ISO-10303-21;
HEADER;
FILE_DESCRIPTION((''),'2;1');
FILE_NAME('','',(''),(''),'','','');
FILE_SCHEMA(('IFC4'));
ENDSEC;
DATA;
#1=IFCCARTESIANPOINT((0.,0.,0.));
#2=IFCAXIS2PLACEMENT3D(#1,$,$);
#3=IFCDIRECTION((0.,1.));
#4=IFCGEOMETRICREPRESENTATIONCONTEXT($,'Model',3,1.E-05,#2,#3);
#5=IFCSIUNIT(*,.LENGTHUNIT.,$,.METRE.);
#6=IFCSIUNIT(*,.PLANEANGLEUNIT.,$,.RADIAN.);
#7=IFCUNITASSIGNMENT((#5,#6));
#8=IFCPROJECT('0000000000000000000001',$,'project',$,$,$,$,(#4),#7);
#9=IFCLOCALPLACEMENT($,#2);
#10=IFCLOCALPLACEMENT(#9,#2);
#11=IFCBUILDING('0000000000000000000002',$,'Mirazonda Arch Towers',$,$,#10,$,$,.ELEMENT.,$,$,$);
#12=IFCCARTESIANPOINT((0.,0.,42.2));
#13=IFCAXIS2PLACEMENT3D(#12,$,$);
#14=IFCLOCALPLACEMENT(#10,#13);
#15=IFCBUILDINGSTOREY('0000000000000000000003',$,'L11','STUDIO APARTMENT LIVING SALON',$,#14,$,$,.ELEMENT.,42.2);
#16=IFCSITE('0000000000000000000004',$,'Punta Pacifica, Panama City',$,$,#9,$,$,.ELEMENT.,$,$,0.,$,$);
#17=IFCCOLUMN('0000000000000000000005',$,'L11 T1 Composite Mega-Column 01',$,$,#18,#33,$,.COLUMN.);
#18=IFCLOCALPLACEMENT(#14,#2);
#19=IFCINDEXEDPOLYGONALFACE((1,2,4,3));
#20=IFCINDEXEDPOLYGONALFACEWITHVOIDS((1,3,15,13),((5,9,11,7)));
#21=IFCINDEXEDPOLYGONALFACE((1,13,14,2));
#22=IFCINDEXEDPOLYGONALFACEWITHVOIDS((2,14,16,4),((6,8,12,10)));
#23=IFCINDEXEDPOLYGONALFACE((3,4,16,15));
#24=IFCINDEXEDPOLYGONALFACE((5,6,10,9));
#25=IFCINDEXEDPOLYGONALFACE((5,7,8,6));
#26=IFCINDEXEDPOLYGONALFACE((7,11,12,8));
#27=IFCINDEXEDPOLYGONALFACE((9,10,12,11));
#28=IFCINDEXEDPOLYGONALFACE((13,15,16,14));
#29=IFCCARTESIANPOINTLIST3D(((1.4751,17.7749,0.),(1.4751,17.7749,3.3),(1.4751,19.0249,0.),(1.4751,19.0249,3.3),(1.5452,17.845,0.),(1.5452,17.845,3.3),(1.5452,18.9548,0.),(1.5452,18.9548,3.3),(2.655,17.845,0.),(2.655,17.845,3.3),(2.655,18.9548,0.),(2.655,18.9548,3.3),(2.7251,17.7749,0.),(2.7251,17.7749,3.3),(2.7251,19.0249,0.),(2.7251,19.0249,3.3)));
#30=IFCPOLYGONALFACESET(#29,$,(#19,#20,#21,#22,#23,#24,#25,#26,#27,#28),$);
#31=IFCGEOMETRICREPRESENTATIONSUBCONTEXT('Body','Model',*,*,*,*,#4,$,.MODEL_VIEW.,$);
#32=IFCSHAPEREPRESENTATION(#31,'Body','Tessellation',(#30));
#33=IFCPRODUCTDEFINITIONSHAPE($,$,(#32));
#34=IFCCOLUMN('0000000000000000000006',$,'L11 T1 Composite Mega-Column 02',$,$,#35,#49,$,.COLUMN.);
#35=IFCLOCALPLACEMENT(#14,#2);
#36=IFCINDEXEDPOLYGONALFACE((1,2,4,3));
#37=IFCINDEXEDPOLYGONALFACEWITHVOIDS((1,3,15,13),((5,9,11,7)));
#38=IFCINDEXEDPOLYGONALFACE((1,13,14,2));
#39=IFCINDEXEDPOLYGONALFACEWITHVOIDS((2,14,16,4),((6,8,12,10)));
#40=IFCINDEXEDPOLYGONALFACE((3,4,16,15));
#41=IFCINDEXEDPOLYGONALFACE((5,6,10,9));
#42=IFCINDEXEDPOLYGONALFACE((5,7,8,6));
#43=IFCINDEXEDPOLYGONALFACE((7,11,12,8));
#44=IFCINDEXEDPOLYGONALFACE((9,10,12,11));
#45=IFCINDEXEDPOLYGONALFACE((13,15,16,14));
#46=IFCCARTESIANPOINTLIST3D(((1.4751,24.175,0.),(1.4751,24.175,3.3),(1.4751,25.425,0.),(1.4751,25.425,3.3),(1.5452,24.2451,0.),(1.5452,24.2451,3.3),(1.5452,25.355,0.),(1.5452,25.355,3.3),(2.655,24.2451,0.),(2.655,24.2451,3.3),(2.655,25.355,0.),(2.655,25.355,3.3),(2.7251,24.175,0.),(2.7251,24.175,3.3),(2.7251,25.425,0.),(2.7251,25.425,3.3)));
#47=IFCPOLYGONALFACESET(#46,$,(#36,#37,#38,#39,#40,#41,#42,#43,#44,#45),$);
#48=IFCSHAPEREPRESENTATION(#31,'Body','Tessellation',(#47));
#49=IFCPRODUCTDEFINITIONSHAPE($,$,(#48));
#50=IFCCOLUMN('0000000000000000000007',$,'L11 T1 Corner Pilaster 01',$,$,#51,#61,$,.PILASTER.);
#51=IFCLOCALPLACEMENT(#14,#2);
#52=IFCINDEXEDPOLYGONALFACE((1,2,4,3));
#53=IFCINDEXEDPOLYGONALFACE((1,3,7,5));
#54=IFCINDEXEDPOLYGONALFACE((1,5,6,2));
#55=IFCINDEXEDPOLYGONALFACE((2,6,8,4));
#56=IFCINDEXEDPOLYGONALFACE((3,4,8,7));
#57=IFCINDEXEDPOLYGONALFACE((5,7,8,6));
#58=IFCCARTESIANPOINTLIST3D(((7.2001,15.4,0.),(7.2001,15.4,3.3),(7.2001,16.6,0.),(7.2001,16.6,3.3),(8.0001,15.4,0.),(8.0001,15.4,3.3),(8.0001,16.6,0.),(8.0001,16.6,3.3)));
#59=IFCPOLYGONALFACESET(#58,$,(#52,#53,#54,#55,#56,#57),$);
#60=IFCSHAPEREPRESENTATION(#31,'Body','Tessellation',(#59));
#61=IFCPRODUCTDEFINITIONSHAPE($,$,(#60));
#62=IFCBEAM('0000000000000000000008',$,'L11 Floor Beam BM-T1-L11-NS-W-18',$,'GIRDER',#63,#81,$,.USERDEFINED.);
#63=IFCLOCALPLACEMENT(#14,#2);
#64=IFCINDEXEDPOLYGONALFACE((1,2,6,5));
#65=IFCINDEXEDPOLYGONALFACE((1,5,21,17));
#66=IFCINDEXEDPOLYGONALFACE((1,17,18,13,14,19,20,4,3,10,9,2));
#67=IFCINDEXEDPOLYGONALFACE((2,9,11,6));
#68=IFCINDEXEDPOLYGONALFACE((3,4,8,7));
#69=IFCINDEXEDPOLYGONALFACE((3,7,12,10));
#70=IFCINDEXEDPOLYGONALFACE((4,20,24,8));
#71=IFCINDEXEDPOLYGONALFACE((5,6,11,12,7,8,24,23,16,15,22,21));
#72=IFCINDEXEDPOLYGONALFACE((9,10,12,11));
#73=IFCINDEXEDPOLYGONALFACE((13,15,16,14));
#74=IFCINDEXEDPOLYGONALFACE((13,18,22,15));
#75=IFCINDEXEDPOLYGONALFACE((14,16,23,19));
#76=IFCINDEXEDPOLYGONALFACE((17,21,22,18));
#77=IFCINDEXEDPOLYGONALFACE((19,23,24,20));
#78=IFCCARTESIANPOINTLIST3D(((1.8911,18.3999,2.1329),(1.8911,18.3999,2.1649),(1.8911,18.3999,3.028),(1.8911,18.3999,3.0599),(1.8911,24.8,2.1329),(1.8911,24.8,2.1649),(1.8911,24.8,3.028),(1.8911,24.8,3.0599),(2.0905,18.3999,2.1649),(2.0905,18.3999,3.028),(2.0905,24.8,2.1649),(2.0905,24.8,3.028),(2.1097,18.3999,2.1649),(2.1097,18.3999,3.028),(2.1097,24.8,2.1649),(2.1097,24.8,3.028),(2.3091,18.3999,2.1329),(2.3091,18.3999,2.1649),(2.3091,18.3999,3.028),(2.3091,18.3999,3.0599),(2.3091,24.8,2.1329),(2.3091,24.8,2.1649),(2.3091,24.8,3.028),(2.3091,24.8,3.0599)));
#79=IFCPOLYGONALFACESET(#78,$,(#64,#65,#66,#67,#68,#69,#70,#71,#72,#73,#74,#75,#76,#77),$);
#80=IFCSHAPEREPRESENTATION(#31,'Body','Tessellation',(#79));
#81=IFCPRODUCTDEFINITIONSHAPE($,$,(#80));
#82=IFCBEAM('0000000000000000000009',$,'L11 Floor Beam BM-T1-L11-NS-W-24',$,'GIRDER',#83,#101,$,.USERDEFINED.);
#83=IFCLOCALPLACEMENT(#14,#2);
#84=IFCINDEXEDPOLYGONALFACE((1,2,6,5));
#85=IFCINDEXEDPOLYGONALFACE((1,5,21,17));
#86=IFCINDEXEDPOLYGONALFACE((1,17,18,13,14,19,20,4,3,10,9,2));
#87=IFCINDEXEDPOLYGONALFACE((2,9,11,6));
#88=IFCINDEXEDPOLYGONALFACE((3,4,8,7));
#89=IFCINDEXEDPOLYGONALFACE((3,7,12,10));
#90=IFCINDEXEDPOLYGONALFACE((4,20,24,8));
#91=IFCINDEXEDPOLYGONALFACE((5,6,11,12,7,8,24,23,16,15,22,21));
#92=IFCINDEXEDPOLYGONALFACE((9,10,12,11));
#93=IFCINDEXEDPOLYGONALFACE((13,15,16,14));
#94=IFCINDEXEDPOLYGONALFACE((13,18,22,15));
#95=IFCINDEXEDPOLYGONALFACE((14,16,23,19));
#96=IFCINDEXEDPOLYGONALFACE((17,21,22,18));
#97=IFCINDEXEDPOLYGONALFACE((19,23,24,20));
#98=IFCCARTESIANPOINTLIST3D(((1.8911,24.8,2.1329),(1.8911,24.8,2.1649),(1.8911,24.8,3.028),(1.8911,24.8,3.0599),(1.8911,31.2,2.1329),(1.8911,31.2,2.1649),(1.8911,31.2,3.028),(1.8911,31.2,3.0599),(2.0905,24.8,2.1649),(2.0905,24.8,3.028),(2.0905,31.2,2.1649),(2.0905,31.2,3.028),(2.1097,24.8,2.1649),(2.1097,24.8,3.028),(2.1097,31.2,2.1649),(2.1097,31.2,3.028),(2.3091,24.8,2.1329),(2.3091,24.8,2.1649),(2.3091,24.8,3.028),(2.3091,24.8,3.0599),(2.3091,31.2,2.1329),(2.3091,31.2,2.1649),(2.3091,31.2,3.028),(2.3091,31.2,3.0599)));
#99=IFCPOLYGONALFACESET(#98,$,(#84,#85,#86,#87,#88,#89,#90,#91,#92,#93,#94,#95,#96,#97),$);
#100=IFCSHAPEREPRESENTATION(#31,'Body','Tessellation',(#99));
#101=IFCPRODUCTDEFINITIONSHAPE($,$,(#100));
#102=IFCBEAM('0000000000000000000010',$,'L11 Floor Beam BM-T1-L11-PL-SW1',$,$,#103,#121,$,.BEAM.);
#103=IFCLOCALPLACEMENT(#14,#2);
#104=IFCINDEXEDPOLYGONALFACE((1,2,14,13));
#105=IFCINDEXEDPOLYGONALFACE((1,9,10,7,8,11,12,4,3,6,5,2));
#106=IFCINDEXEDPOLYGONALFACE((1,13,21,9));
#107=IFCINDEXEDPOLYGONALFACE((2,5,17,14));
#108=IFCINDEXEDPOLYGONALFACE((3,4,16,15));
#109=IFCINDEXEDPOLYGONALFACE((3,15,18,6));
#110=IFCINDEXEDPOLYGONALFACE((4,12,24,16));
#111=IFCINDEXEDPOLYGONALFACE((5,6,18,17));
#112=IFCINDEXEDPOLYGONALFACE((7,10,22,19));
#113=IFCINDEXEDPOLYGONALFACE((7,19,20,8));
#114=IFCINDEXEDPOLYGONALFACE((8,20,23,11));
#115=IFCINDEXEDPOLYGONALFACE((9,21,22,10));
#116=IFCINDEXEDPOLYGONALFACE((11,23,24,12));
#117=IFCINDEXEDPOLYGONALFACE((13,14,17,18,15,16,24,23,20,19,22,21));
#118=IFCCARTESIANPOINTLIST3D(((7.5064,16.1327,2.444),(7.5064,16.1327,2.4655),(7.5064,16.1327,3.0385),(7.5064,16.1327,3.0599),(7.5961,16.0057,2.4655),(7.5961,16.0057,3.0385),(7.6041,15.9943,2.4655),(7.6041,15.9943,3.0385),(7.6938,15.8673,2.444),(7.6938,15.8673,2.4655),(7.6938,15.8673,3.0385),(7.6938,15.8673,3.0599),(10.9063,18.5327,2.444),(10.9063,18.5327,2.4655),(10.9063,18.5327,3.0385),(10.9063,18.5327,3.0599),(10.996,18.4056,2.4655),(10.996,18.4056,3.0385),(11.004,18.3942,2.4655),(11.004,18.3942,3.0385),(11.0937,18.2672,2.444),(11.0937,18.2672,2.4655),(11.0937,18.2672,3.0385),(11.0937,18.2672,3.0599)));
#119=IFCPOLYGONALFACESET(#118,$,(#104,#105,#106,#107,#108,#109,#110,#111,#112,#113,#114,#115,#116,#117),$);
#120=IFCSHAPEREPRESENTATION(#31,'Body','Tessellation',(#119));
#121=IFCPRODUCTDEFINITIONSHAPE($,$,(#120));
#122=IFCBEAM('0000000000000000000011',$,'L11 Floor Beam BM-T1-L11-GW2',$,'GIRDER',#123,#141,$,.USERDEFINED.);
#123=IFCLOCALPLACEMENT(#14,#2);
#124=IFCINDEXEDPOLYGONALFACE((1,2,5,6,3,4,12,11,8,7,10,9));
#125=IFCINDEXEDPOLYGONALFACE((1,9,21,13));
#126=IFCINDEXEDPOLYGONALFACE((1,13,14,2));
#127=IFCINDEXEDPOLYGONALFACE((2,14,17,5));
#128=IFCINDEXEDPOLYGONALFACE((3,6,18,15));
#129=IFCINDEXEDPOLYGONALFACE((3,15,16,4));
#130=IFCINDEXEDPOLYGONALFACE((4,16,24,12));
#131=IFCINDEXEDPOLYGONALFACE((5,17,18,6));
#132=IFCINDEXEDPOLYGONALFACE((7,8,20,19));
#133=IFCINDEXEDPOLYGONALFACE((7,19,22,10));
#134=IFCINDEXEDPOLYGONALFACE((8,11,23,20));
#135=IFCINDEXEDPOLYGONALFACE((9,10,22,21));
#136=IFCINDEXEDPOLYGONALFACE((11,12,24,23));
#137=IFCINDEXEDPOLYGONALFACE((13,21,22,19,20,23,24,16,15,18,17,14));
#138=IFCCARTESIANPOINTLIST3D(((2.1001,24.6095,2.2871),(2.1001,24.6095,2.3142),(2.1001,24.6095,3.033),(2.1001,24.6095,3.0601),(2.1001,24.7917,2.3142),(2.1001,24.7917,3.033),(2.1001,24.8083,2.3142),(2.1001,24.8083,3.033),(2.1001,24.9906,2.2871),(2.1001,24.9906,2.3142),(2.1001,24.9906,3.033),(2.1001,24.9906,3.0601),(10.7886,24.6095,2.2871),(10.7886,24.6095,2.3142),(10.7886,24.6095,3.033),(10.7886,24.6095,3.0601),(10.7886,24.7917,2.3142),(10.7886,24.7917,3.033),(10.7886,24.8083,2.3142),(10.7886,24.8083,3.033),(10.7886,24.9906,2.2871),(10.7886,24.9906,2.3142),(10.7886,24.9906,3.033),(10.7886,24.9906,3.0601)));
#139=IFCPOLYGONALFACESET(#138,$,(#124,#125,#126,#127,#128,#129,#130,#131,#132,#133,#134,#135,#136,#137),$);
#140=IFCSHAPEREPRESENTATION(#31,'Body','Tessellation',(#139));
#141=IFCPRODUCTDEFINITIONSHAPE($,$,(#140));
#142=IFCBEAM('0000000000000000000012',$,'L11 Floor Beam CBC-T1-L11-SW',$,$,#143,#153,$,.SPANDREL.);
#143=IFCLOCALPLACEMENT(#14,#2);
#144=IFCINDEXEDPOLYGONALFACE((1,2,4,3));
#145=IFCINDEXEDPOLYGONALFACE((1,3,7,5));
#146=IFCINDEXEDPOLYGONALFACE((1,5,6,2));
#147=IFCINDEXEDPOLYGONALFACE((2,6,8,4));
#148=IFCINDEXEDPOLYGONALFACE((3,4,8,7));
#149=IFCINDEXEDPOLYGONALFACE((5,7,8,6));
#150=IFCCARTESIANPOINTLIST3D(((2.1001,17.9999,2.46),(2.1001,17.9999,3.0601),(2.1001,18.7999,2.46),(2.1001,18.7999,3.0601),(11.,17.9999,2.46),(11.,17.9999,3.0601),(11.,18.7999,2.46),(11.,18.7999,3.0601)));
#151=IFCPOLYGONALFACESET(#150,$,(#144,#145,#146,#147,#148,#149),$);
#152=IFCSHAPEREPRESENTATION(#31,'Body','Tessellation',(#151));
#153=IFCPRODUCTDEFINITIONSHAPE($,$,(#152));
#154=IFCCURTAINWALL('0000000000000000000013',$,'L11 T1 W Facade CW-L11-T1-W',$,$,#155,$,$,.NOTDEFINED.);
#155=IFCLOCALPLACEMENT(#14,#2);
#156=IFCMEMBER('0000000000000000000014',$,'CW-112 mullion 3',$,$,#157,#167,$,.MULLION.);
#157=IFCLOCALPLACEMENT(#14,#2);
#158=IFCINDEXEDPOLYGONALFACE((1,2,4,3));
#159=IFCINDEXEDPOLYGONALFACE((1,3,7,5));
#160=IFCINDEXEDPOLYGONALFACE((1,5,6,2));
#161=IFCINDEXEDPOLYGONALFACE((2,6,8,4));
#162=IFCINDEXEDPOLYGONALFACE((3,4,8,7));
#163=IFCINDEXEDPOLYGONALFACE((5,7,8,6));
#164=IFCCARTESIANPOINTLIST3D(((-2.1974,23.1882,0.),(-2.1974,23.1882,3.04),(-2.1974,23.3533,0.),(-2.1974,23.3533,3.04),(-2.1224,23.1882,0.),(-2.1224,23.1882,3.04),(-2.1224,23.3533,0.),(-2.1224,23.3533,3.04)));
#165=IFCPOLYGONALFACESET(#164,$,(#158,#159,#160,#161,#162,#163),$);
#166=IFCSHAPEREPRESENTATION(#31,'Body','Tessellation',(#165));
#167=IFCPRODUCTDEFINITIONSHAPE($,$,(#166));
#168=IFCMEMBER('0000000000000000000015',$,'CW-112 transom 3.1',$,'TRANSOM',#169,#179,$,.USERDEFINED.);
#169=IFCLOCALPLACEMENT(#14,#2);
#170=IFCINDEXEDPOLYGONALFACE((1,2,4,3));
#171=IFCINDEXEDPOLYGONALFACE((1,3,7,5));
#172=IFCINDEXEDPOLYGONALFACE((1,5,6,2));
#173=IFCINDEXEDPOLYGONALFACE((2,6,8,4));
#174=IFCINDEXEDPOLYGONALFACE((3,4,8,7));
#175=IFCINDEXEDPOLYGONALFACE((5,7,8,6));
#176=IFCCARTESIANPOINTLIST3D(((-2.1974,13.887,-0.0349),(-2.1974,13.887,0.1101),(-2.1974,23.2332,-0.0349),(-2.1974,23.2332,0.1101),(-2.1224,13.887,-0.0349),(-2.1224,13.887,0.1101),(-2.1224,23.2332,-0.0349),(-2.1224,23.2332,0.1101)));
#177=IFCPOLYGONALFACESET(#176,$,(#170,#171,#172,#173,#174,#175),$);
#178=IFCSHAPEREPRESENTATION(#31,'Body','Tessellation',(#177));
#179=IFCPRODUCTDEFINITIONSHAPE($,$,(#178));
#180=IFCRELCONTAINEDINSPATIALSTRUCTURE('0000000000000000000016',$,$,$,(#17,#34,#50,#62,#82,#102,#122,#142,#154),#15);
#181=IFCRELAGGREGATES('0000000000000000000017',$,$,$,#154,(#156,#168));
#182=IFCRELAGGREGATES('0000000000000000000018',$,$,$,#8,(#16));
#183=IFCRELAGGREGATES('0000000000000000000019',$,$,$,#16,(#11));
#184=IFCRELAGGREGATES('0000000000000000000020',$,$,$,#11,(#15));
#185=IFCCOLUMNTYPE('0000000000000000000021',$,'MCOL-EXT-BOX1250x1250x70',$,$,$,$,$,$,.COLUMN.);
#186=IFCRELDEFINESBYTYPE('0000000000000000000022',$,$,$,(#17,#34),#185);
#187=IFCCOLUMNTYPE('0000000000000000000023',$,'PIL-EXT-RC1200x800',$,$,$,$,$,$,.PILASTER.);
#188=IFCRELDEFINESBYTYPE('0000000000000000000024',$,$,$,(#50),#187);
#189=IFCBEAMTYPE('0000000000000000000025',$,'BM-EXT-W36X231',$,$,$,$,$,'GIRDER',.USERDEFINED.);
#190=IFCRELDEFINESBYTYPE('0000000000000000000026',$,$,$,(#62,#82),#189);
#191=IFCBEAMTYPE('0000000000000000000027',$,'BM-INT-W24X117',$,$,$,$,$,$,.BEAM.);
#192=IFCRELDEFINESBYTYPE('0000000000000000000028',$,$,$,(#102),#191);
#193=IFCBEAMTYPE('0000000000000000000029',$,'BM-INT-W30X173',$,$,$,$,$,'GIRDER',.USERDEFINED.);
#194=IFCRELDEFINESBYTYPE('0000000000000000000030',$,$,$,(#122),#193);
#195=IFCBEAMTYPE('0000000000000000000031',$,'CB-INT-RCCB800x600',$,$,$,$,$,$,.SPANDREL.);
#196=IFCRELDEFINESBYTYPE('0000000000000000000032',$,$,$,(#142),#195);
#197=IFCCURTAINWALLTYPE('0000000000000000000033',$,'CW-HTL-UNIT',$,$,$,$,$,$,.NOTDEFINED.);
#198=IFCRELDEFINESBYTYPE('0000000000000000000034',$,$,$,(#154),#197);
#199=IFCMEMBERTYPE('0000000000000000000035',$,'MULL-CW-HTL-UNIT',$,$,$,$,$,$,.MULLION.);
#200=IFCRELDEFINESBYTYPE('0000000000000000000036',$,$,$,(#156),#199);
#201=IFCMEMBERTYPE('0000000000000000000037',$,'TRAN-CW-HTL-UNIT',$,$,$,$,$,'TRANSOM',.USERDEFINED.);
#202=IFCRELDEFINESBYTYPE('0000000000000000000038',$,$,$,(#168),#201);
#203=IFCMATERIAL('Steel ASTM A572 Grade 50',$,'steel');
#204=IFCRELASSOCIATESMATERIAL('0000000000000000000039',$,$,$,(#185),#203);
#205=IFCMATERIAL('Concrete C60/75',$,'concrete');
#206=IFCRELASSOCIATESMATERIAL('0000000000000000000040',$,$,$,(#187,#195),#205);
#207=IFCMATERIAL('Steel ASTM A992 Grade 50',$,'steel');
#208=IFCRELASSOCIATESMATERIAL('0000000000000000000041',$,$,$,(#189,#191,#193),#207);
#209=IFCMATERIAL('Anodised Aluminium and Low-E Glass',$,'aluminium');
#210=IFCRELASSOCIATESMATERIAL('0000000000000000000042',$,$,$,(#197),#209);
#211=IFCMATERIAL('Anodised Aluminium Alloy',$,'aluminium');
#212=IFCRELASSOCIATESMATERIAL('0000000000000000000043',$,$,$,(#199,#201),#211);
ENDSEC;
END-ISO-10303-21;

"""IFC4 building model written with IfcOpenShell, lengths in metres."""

from ifc_helpers import new_model, si_unit, direction, frame, origin, origin_2d, place, context, subcontext, project, spatial, rectangle, hollow_rectangle, i_section, extrude, material, material_profile, profile_set, type_object, element, aggregate, save


model = new_model("IFC4")

# Units and contexts
model_context = context("Model", 3, precision=1e-05, world=origin(), true_north=direction((0.0, 1.0)))
body_context = subcontext(model_context, "Body", "Model", "MODEL_VIEW")
ifc_project = project(units=[si_unit("LENGTHUNIT", "METRE"), si_unit("PLANEANGLEUNIT", "RADIAN")], contexts=[model_context])

# Site, building, storey
site_placement = place(None, origin())
site = spatial("IfcSite", under=ifc_project, at=site_placement, Name="Punta Pacifica, Panama City", CompositionType="ELEMENT", RefElevation=0.0)
building_placement = place(site_placement, origin())
building = spatial("IfcBuilding", under=site, at=building_placement, Name="Mirazonda Arch Towers", CompositionType="ELEMENT")
storey_placement = place(building_placement, frame((0.0, 0.0, 42.2)))
storey = spatial("IfcBuildingStorey", under=building, at=storey_placement, Name="L11", Description="STUDIO APARTMENT LIVING SALON", CompositionType="ELEMENT", Elevation=42.2)

# Columns
ifc_material_1 = material(Name="Steel ASTM A572 Grade 50", Category="steel")
ifc_material_profile_1 = material_profile(ifc_material_1, hollow_rectangle(XDim=1.25, YDim=1.25, WallThickness=0.0701, at=origin_2d()), Name="BOX1250x1250x70")
ifc_profile_set_1 = profile_set([ifc_material_profile_1], Name="Steel ASTM A572 Grade 50")
column_type_1 = type_object("IfcColumnType", Name="MCOL-EXT-BOX1250x1250x70", PredefinedType="COLUMN", material=ifc_profile_set_1)
for number, where, z_axis, x_axis, name in (
    (1, (2.1001, 18.3999, 0.0), (0.0, 0.0, 1.0), (1.0, 0.0, 0.0), "L11 T1 Composite Mega-Column 01"),
    (2, (2.1001, 24.8, 0.0), (0.0, 0.0, 1.0), (1.0, 0.0, 0.0), "L11 T1 Composite Mega-Column 02"),
):
    element("IfcColumn", number, at=place(storey_placement, frame(where, z_axis=z_axis, x_axis=x_axis)), inside=storey, type_object=column_type_1, Name=name, PredefinedType="COLUMN", context=body_context, shape_type="SweptSolid", body=[
        extrude(hollow_rectangle(XDim=1.25, YDim=1.25, WallThickness=0.0701, at=origin_2d()), origin(), (0.0, 0.0, 1.0), 3.3),
    ])
ifc_material_2 = material(Name="Concrete C60/75", Category="concrete")
ifc_material_profile_2 = material_profile(ifc_material_2, rectangle(XDim=0.8, YDim=1.2, at=origin_2d()), Name="RC1200x800")
ifc_profile_set_2 = profile_set([ifc_material_profile_2], Name="Concrete C60/75")
column_type_2 = type_object("IfcColumnType", Name="PIL-EXT-RC1200x800", PredefinedType="PILASTER", material=ifc_profile_set_2)
column_placement = place(storey_placement, frame((7.6001, 16.0, 0.0), z_axis=(0.0, 0.0, 1.0), x_axis=(1.0, 0.0, 0.0)))
element("IfcColumn", 3, at=column_placement, inside=storey, type_object=column_type_2, Name="L11 T1 Corner Pilaster 01", PredefinedType="PILASTER", context=body_context, shape_type="SweptSolid", body=[
    extrude(rectangle(XDim=0.8, YDim=1.2, at=origin_2d()), origin(), (0.0, 0.0, 1.0), 3.3),
])

# Beams
ifc_material_3 = material(Name="Steel ASTM A992 Grade 50", Category="steel")
ifc_material_profile_3 = material_profile(ifc_material_3, i_section(OverallWidth=0.418, OverallDepth=0.927, WebThickness=0.0193, FlangeThickness=0.032, at=origin_2d()), Name="W36X231")
ifc_profile_set_3 = profile_set([ifc_material_profile_3], Name="Steel ASTM A992 Grade 50")
beam_type_1 = type_object("IfcBeamType", Name="BM-EXT-W36X231", ElementType="GIRDER", PredefinedType="USERDEFINED", material=ifc_profile_set_3)
beam_1_placement = place(storey_placement, frame((2.1001, 18.3999, 2.5964), z_axis=(0.0, 1.0, 0.0), x_axis=(-1.0, 0.0, 0.0)))
element("IfcBeam", 4, at=beam_1_placement, inside=storey, type_object=beam_type_1, Name="L11 Floor Beam BM-T1-L11-NS-W-18", ObjectType="GIRDER", PredefinedType="USERDEFINED", context=body_context, shape_type="SweptSolid", body=[
    extrude(i_section(OverallWidth=0.418, OverallDepth=0.927, WebThickness=0.0193, FlangeThickness=0.032, at=origin_2d()), origin(), (0.0, 0.0, 1.0), 6.4001),
])
beam_2_placement = place(storey_placement, frame((2.1001, 24.8, 2.5964), z_axis=(0.0, 1.0, 0.0), x_axis=(-1.0, 0.0, 0.0)))
element("IfcBeam", 5, at=beam_2_placement, inside=storey, type_object=beam_type_1, Name="L11 Floor Beam BM-T1-L11-NS-W-24", ObjectType="GIRDER", PredefinedType="USERDEFINED", context=body_context, shape_type="SweptSolid", body=[
    extrude(i_section(OverallWidth=0.418, OverallDepth=0.927, WebThickness=0.0193, FlangeThickness=0.032, at=origin_2d()), origin(), (0.0, 0.0, 1.0), 6.3999),
])
ifc_material_profile_4 = material_profile(ifc_material_3, i_section(OverallWidth=0.325, OverallDepth=0.616, WebThickness=0.0139, FlangeThickness=0.0215, at=origin_2d()), Name="W24X117")
ifc_profile_set_4 = profile_set([ifc_material_profile_4], Name="Steel ASTM A992 Grade 50")
beam_type_2 = type_object("IfcBeamType", Name="BM-INT-W24X117", PredefinedType="BEAM", material=ifc_profile_set_4)
beam_3_placement = place(storey_placement, frame((7.6001, 16.0, 2.752), z_axis=(0.816971, 0.576679, 0.0), x_axis=(-0.576679, 0.816971, 0.0)))
element("IfcBeam", 6, at=beam_3_placement, inside=storey, type_object=beam_type_2, Name="L11 Floor Beam BM-T1-L11-PL-SW1", PredefinedType="BEAM", context=body_context, shape_type="SweptSolid", body=[
    extrude(i_section(OverallWidth=0.325, OverallDepth=0.616, WebThickness=0.0139, FlangeThickness=0.0215, at=origin_2d()), origin(), (0.0, 0.0, 1.0), 4.1616),
])
ifc_material_profile_5 = material_profile(ifc_material_3, i_section(OverallWidth=0.3811, OverallDepth=0.7729, WebThickness=0.0166, FlangeThickness=0.0271, at=origin_2d()), Name="W30X173")
ifc_profile_set_5 = profile_set([ifc_material_profile_5], Name="Steel ASTM A992 Grade 50")
beam_type_3 = type_object("IfcBeamType", Name="BM-INT-W30X173", ElementType="GIRDER", PredefinedType="USERDEFINED", material=ifc_profile_set_5)
beam_4_placement = place(storey_placement, frame((2.1001, 24.8, 2.6736), z_axis=(1.0, 0.0, 0.0), x_axis=(0.0, 1.0, 0.0)))
element("IfcBeam", 7, at=beam_4_placement, inside=storey, type_object=beam_type_3, Name="L11 Floor Beam BM-T1-L11-GW2", ObjectType="GIRDER", PredefinedType="USERDEFINED", context=body_context, shape_type="SweptSolid", body=[
    extrude(i_section(OverallWidth=0.3811, OverallDepth=0.7729, WebThickness=0.0166, FlangeThickness=0.0271, at=origin_2d()), origin(), (0.0, 0.0, 1.0), 8.6885),
])
ifc_material_profile_6 = material_profile(ifc_material_2, rectangle(XDim=0.8, YDim=0.6001, at=origin_2d()), Name="RCCB800x600")
ifc_profile_set_6 = profile_set([ifc_material_profile_6], Name="Concrete C60/75")
beam_type_4 = type_object("IfcBeamType", Name="CB-INT-RCCB800x600", PredefinedType="SPANDREL", material=ifc_profile_set_6)
beam_5_placement = place(storey_placement, frame((2.1001, 18.3999, 2.76), z_axis=(1.0, 0.0, 0.0), x_axis=(0.0, 1.0, 0.0)))
element("IfcBeam", 8, at=beam_5_placement, inside=storey, type_object=beam_type_4, Name="L11 Floor Beam CBC-T1-L11-SW", PredefinedType="SPANDREL", context=body_context, shape_type="SweptSolid", body=[
    extrude(rectangle(XDim=0.8, YDim=0.6001, at=origin_2d()), origin(), (0.0, 0.0, 1.0), 8.8999),
])

# Curtain wall, members
ifc_material_4 = material(Name="Anodised Aluminium and Low-E Glass", Category="aluminium")
curtain_wall_type = type_object("IfcCurtainWallType", Name="CW-HTL-UNIT", PredefinedType="NOTDEFINED", material=ifc_material_4)
curtain_wall_placement = place(storey_placement, origin())
curtain_wall = element("IfcCurtainWall", 9, at=curtain_wall_placement, inside=storey, type_object=curtain_wall_type, Name="L11 T1 W Facade CW-L11-T1-W", PredefinedType="NOTDEFINED")
ifc_material_5 = material(Name="Anodised Aluminium Alloy", Category="aluminium")
ifc_material_profile_7 = material_profile(ifc_material_5, rectangle(XDim=0.075, YDim=0.165, at=origin_2d()), Name="ALU-MULL-75x165")
ifc_profile_set_7 = profile_set([ifc_material_profile_7], Name="Anodised Aluminium Alloy")
member_type_1 = type_object("IfcMemberType", Name="MULL-CW-HTL-UNIT", PredefinedType="MULLION", material=ifc_profile_set_7)
member_1_placement = place(storey_placement, frame((-2.1599, 23.2708, 0.0), z_axis=(0.0, 0.0, 1.0), x_axis=(1.0, 0.0, 0.0)))
member_1 = element("IfcMember", 10, at=member_1_placement, type_object=member_type_1, Name="CW-112 mullion 3", PredefinedType="MULLION", context=body_context, shape_type="SweptSolid", body=[
    extrude(rectangle(XDim=0.075, YDim=0.165, at=origin_2d()), origin(), (0.0, 0.0, 1.0), 3.04),
])
ifc_material_profile_8 = material_profile(ifc_material_5, rectangle(XDim=0.075, YDim=0.145, at=origin_2d()), Name="ALU-TRAN-75x145")
ifc_profile_set_8 = profile_set([ifc_material_profile_8], Name="Anodised Aluminium Alloy")
member_type_2 = type_object("IfcMemberType", Name="TRAN-CW-HTL-UNIT", ElementType="TRANSOM", PredefinedType="USERDEFINED", material=ifc_profile_set_8)
member_2_placement = place(storey_placement, frame((-2.1599, 23.2332, 0.0376), z_axis=(0.0, -1.0, 0.0), x_axis=(1.0, 0.0, 0.0)))
member_2 = element("IfcMember", 11, at=member_2_placement, type_object=member_type_2, Name="CW-112 transom 3.1", ObjectType="TRANSOM", PredefinedType="USERDEFINED", context=body_context, shape_type="SweptSolid", body=[
    extrude(rectangle(XDim=0.075, YDim=0.145, at=origin_2d()), origin(), (0.0, 0.0, 1.0), 9.3462),
])
aggregate(curtain_wall, [member_1, member_2])

save(model, "model.ifc")
